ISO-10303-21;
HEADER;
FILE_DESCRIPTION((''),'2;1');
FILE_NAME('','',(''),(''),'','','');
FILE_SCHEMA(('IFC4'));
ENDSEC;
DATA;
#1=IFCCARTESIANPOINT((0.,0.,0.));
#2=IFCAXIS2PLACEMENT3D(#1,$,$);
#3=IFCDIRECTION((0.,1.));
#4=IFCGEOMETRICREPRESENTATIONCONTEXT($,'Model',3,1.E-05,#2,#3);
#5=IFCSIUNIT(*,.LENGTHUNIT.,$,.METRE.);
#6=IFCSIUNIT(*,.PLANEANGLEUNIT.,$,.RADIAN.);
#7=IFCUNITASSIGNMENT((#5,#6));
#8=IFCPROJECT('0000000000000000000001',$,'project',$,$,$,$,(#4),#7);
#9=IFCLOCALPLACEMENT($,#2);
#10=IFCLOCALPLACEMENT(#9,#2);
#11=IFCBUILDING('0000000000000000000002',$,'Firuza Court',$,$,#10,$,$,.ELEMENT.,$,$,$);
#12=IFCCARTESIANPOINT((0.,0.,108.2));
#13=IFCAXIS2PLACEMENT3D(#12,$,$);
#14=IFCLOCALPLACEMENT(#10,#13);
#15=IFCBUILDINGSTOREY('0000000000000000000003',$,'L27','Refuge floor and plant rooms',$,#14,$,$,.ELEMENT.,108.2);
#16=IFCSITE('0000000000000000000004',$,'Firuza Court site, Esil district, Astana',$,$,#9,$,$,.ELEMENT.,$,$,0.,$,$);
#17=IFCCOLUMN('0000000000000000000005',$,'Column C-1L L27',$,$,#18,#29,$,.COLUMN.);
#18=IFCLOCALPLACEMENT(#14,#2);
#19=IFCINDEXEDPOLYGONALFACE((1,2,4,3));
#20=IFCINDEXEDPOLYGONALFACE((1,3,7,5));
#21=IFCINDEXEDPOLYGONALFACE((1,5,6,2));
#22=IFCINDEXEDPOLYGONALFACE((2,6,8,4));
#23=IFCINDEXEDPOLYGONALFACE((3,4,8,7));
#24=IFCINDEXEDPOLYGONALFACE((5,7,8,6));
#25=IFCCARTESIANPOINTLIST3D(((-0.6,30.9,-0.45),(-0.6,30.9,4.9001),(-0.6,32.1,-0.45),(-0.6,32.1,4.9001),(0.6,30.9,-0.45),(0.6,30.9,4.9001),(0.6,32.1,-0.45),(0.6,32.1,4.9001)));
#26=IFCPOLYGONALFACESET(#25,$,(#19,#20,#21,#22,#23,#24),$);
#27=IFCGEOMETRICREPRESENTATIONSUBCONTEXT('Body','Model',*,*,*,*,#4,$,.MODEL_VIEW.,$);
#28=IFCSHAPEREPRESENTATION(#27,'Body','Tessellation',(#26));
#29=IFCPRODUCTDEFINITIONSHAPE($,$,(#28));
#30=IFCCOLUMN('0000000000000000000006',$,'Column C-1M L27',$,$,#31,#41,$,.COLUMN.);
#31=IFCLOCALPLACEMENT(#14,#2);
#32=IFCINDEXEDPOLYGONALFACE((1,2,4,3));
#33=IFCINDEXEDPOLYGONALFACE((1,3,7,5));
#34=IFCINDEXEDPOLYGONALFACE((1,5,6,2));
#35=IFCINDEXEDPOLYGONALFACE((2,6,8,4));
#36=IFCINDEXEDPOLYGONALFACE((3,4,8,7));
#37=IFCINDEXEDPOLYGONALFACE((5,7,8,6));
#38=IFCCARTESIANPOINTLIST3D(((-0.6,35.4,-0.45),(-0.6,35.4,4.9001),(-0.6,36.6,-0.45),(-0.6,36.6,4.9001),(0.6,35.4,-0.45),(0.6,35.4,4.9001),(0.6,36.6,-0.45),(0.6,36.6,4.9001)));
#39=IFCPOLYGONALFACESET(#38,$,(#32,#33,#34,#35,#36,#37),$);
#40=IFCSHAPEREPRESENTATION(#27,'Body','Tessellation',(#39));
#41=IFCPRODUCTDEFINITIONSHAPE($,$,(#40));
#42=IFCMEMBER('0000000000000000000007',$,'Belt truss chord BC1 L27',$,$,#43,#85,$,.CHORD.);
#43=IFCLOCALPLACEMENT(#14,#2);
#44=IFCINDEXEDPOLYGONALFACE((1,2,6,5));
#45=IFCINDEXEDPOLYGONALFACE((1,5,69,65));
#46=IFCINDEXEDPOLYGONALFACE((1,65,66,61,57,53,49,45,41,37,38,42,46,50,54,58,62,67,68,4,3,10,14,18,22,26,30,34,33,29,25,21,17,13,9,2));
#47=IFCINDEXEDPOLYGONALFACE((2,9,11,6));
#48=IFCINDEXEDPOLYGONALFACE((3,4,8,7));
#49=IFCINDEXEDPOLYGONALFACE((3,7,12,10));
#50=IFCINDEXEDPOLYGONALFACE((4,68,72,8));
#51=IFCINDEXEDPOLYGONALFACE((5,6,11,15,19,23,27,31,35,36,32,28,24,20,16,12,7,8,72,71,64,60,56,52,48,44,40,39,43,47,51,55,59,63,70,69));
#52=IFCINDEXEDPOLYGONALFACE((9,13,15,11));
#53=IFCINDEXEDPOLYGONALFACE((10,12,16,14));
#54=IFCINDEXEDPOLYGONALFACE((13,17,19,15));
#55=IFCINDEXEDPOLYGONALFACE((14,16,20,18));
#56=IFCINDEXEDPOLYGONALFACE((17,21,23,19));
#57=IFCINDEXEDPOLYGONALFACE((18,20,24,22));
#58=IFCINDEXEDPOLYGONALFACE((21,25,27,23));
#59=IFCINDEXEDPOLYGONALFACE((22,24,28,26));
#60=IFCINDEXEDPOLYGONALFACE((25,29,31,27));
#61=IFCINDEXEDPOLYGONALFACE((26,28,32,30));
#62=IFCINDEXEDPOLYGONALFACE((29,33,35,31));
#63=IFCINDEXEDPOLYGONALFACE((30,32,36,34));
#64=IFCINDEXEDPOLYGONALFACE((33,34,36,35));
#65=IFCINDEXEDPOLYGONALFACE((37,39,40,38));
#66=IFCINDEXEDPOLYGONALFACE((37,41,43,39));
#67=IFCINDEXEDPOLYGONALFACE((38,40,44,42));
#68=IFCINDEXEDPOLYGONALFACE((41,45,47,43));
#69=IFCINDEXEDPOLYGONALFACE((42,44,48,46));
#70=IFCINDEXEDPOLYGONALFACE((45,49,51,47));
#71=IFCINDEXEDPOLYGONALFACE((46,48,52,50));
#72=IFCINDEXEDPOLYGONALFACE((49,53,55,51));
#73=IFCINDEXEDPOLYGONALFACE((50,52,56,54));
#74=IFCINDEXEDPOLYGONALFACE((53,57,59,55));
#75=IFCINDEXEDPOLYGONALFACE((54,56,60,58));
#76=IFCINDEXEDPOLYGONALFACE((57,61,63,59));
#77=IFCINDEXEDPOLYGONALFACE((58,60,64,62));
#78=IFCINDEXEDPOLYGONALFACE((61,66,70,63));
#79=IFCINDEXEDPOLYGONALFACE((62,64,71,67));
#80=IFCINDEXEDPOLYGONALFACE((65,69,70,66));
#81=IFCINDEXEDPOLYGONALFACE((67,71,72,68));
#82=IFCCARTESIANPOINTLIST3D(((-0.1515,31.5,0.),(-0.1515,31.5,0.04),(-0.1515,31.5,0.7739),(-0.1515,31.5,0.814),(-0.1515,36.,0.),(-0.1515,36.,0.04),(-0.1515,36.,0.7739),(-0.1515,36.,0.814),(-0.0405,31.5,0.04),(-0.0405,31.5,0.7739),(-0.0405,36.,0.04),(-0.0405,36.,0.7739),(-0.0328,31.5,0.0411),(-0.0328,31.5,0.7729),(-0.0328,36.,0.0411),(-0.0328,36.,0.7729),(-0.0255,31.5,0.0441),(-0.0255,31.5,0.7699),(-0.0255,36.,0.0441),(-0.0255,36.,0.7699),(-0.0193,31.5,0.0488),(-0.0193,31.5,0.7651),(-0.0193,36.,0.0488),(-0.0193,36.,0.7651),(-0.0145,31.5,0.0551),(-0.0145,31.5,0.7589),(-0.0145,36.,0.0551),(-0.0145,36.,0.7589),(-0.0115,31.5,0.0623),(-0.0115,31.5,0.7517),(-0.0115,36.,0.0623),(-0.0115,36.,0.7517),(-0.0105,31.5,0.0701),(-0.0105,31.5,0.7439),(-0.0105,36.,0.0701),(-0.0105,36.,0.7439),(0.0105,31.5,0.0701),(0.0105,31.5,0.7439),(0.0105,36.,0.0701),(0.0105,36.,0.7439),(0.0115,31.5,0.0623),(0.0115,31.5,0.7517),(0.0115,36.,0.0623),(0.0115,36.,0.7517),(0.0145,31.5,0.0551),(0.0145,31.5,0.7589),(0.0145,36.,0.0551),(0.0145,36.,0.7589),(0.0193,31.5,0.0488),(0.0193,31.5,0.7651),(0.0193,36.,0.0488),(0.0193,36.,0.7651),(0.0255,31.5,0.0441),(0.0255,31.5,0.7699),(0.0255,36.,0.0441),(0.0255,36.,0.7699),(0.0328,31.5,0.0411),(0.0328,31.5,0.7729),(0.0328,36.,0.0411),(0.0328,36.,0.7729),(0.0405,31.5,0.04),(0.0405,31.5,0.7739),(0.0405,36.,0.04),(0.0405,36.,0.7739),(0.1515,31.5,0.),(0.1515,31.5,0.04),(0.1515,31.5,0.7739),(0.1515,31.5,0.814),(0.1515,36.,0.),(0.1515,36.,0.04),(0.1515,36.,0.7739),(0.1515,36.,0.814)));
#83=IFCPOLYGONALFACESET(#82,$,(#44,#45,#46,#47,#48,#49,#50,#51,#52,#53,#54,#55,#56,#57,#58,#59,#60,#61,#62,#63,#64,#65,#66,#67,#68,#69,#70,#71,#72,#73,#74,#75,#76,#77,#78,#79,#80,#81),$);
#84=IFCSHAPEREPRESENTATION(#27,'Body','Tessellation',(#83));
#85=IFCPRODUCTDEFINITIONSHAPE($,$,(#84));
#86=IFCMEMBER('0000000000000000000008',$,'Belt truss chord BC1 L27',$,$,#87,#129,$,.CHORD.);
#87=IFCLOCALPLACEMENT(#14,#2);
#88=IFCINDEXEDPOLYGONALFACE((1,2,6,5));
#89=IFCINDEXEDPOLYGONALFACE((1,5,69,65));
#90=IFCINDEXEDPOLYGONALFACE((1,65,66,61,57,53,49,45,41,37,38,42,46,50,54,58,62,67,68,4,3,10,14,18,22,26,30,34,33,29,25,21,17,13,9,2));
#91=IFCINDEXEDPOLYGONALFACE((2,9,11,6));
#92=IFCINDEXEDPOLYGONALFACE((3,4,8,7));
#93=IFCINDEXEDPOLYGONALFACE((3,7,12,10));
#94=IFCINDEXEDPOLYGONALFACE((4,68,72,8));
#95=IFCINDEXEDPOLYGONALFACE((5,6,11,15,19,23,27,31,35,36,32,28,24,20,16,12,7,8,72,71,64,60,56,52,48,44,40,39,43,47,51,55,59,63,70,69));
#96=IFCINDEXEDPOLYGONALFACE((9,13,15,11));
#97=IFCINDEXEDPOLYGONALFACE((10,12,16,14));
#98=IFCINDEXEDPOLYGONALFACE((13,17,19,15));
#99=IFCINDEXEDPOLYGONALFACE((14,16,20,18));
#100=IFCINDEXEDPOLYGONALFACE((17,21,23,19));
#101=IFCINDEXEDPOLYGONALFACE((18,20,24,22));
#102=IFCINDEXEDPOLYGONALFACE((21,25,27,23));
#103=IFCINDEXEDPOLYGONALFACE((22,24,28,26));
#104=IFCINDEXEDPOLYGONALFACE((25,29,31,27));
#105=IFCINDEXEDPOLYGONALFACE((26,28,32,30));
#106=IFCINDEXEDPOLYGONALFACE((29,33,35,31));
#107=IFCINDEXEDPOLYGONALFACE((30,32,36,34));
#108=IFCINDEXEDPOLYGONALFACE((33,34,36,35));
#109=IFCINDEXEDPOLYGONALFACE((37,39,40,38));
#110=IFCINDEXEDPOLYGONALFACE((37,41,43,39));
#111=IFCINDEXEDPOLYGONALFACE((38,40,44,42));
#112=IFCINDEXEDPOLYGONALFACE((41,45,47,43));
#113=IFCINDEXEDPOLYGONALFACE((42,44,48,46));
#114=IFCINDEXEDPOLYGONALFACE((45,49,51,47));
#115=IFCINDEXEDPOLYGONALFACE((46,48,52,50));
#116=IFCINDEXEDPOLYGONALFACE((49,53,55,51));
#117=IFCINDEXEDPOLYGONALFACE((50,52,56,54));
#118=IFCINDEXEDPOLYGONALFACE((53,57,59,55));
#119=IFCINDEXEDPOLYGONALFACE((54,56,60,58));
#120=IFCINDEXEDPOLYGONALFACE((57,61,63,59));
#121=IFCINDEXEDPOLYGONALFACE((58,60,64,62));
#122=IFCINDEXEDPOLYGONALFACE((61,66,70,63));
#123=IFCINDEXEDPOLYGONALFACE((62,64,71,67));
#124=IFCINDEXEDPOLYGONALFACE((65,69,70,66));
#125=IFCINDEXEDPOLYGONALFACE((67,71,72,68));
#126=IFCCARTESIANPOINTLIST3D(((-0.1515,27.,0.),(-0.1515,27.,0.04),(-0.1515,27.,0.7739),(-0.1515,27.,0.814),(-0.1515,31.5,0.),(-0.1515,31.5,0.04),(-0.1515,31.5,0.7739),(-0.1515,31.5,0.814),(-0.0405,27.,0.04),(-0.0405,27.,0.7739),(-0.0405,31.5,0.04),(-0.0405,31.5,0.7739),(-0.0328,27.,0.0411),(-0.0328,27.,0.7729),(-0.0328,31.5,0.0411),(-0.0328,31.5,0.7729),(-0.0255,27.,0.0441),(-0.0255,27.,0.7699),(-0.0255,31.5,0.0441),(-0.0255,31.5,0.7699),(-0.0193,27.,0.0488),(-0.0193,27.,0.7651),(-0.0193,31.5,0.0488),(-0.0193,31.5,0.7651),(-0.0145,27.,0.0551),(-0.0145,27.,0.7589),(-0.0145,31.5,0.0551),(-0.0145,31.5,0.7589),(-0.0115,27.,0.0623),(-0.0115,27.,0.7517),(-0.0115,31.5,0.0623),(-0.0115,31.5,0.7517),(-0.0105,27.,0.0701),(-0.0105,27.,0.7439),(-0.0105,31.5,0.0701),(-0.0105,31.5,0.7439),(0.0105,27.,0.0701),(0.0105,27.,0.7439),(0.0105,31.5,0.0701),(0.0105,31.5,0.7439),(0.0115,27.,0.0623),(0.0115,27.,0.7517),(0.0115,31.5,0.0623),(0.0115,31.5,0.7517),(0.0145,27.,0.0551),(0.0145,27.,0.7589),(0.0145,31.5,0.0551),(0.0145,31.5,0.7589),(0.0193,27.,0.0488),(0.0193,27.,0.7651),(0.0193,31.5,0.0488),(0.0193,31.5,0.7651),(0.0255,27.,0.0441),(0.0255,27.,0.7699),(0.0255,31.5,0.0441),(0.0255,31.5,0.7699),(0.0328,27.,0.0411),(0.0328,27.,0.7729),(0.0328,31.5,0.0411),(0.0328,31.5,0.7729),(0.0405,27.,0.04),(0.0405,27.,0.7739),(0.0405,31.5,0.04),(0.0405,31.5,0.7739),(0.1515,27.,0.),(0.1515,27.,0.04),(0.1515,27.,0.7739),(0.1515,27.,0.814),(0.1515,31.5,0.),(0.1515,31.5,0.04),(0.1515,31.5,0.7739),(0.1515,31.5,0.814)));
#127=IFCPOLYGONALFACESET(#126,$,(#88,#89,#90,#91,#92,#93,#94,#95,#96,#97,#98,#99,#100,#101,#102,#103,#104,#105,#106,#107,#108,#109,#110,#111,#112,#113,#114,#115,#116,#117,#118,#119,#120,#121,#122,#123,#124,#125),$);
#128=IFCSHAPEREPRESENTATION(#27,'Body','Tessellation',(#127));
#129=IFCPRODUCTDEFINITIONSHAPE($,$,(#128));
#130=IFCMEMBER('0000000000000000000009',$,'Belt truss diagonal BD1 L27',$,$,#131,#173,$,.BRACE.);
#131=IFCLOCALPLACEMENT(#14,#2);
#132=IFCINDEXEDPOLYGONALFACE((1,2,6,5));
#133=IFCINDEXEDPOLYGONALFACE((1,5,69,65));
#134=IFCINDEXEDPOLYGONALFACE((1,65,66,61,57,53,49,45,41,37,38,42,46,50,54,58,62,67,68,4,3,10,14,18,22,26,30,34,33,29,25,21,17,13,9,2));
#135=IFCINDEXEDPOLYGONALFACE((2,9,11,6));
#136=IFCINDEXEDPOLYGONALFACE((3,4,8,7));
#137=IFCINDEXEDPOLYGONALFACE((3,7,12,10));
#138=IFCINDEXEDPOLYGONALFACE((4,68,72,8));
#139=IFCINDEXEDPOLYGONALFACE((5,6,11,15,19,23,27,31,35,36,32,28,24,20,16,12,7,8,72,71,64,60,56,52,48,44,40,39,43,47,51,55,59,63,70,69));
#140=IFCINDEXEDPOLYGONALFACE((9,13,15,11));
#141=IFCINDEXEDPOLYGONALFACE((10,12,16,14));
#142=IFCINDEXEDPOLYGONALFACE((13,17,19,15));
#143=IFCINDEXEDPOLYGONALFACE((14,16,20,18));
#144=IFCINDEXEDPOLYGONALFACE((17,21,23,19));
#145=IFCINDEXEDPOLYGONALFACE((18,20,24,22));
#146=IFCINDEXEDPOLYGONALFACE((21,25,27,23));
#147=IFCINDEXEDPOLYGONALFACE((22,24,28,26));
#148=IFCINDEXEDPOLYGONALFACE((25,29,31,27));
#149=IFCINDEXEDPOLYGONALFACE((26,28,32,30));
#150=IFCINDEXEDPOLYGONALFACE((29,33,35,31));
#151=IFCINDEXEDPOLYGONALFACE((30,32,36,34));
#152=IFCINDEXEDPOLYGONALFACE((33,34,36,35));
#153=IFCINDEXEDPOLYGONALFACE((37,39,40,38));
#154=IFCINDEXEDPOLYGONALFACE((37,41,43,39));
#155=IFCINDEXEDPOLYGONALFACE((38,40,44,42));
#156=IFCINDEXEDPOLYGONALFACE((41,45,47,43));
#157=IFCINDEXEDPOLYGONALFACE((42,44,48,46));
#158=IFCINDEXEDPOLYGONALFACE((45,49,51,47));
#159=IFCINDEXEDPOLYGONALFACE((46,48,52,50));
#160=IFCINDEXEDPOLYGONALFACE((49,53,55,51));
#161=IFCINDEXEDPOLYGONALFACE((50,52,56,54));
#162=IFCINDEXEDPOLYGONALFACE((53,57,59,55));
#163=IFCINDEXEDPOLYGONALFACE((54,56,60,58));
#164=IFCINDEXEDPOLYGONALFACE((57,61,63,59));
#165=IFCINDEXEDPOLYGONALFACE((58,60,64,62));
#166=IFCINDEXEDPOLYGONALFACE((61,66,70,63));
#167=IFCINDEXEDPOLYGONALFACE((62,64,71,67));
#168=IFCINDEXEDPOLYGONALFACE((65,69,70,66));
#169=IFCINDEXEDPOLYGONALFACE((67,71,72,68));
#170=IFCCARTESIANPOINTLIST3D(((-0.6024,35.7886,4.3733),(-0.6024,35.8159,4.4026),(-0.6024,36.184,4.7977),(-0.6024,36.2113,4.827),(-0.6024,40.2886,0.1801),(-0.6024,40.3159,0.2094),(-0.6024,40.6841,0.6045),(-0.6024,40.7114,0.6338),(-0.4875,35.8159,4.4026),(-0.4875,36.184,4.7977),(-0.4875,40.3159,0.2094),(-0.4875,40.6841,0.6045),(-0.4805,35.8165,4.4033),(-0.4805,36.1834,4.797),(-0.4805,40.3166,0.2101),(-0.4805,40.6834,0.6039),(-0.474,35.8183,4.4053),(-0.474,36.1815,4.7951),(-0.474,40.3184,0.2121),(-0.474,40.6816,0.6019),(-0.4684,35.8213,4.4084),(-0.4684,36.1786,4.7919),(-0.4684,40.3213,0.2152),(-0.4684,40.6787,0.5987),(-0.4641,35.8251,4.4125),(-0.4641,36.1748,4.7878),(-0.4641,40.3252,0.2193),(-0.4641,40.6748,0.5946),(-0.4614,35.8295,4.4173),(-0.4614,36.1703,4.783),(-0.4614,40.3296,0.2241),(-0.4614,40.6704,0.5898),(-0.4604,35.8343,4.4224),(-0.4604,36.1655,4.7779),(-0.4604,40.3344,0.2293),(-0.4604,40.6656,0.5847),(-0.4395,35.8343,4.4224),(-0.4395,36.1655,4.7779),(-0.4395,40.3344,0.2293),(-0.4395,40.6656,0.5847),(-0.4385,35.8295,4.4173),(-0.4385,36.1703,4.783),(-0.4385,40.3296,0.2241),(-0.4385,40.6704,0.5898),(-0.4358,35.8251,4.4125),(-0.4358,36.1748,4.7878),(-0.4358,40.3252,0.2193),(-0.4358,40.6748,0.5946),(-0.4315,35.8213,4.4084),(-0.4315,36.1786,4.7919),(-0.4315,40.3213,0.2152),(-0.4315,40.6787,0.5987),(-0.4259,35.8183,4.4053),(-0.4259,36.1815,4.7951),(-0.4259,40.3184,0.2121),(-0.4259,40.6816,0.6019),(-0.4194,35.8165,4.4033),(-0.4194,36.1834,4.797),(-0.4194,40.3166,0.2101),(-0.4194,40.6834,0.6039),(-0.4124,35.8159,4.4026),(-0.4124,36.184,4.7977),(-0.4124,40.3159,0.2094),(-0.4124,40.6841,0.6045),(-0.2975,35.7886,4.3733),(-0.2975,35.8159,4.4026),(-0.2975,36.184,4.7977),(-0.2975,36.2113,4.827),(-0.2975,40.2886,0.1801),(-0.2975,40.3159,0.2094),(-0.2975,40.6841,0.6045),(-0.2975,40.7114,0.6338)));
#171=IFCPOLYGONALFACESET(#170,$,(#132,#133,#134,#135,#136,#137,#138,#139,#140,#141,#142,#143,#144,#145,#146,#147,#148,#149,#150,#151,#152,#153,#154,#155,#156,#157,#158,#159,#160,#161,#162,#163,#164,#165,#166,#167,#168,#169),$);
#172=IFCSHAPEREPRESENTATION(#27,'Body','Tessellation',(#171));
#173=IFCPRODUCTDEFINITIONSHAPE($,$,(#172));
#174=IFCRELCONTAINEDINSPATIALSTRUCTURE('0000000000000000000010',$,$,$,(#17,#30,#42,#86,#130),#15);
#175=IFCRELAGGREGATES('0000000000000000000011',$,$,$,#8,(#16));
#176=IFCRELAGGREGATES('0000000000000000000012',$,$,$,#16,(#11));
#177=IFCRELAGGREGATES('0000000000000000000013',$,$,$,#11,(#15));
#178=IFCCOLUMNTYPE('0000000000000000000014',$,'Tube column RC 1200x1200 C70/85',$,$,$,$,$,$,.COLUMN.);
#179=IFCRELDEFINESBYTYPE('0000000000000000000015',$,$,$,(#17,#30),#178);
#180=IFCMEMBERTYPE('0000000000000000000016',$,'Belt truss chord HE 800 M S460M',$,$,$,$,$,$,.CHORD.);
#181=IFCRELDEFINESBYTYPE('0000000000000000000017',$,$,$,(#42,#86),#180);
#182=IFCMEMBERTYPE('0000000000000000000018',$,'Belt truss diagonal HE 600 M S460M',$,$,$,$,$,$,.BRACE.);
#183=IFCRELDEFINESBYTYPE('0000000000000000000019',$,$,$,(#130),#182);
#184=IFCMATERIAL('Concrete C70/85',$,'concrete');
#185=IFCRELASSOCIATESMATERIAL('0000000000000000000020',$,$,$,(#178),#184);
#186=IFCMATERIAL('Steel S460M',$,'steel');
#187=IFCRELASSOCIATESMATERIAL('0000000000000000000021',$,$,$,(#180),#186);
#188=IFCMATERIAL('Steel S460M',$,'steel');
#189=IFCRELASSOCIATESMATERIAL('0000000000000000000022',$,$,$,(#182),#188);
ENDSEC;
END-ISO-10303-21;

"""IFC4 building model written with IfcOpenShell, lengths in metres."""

from ifc_helpers import new_model, si_unit, direction, frame, origin, origin_2d, place, context, subcontext, project, spatial, rectangle, i_section, extrude, material, material_profile, profile_set, type_object, element, save


model = new_model("IFC4")

# Units and contexts
model_context = context("Model", 3, precision=1e-05, world=origin(), true_north=direction((0.0, 1.0)))
body_context = subcontext(model_context, "Body", "Model", "MODEL_VIEW")
ifc_project = project(units=[si_unit("LENGTHUNIT", "METRE"), si_unit("PLANEANGLEUNIT", "RADIAN")], contexts=[model_context])

# Site, building, storey
site_placement = place(None, origin())
site = spatial("IfcSite", under=ifc_project, at=site_placement, Name="Firuza Court site, Esil district, Astana", CompositionType="ELEMENT", RefElevation=0.0)
building_placement = place(site_placement, origin())
building = spatial("IfcBuilding", under=site, at=building_placement, Name="Firuza Court", CompositionType="ELEMENT")
storey_placement = place(building_placement, frame((0.0, 0.0, 108.2)))
storey = spatial("IfcBuildingStorey", under=building, at=storey_placement, Name="L27", Description="Refuge floor and plant rooms", CompositionType="ELEMENT", Elevation=108.2)

# Columns
ifc_material_1 = material(Name="Concrete C70/85", Category="concrete")
ifc_material_profile_1 = material_profile(ifc_material_1, rectangle(XDim=1.2, YDim=1.2, at=origin_2d()), Name="RC 1200x1200")
ifc_profile_set_1 = profile_set([ifc_material_profile_1], Name="Concrete C70/85")
column_type = type_object("IfcColumnType", Name="Tube column RC 1200x1200 C70/85", PredefinedType="COLUMN", material=ifc_profile_set_1)
for number, where, z_axis, x_axis, name in (
    (1, (0.0, 31.5, -0.45), (0.0, 0.0, 1.0), (1.0, 0.0, 0.0), "Column C-1L L27"),
    (2, (0.0, 36.0, -0.45), (0.0, 0.0, 1.0), (1.0, 0.0, 0.0), "Column C-1M L27"),
):
    element("IfcColumn", number, at=place(storey_placement, frame(where, z_axis=z_axis, x_axis=x_axis)), inside=storey, type_object=column_type, Name=name, PredefinedType="COLUMN", context=body_context, shape_type="SweptSolid", body=[
        extrude(rectangle(XDim=1.2, YDim=1.2, at=origin_2d()), origin(), (0.0, 0.0, 1.0), 5.3501),
    ])

# Members
ifc_material_2 = material(Name="Steel S460M", Category="steel")
ifc_material_profile_2 = material_profile(ifc_material_2, i_section(OverallWidth=0.303, OverallDepth=0.814, WebThickness=0.021, FlangeThickness=0.04, FilletRadius=0.03, at=origin_2d()), Name="HE 800 M")
ifc_profile_set_2 = profile_set([ifc_material_profile_2], Name="Steel S460M")
member_type_1 = type_object("IfcMemberType", Name="Belt truss chord HE 800 M S460M", PredefinedType="CHORD", material=ifc_profile_set_2)
for number, where, z_axis, x_axis, name in (
    (3, (0.0, 36.0, 0.407), (0.0, -1.0, 0.0), (1.0, 0.0, 0.0), "Belt truss chord BC1 L27"),
    (4, (0.0, 31.5, 0.407), (0.0, -1.0, 0.0), (1.0, 0.0, 0.0), "Belt truss chord BC1 L27"),
):
    element("IfcMember", number, at=place(storey_placement, frame(where, z_axis=z_axis, x_axis=x_axis)), inside=storey, type_object=member_type_1, Name=name, PredefinedType="CHORD", context=body_context, shape_type="SweptSolid", body=[
        extrude(i_section(OverallWidth=0.303, OverallDepth=0.814, WebThickness=0.021, FlangeThickness=0.04, FilletRadius=0.03, at=origin_2d()), origin(), (0.0, 0.0, 1.0), 4.5),
    ])
ifc_material_3 = material(Name="Steel S460M", Category="steel")
ifc_material_profile_3 = material_profile(ifc_material_3, i_section(OverallWidth=0.3049, OverallDepth=0.6201, WebThickness=0.021, FlangeThickness=0.04, FilletRadius=0.0271, at=origin_2d()), Name="HE 600 M")
ifc_profile_set_3 = profile_set([ifc_material_profile_3], Name="Steel S460M")
member_type_2 = type_object("IfcMemberType", Name="Belt truss diagonal HE 600 M S460M", PredefinedType="BRACE", material=ifc_profile_set_3)
for number, where, z_axis, x_axis, name in (
    (5, (-0.45, 40.5, 0.407), (0.0, -0.731613, 0.68172), (1.0, 0.0, 0.0), "Belt truss diagonal BD1 L27"),
):
    element("IfcMember", number, at=place(storey_placement, frame(where, z_axis=z_axis, x_axis=x_axis)), inside=storey, type_object=member_type_2, Name=name, PredefinedType="BRACE", context=body_context, shape_type="SweptSolid", body=[
        extrude(i_section(OverallWidth=0.3049, OverallDepth=0.6201, WebThickness=0.021, FlangeThickness=0.04, FilletRadius=0.0271, at=origin_2d()), origin(), (0.0, 0.0, 1.0), 6.1509),
    ])

save(model, "model.ifc")
